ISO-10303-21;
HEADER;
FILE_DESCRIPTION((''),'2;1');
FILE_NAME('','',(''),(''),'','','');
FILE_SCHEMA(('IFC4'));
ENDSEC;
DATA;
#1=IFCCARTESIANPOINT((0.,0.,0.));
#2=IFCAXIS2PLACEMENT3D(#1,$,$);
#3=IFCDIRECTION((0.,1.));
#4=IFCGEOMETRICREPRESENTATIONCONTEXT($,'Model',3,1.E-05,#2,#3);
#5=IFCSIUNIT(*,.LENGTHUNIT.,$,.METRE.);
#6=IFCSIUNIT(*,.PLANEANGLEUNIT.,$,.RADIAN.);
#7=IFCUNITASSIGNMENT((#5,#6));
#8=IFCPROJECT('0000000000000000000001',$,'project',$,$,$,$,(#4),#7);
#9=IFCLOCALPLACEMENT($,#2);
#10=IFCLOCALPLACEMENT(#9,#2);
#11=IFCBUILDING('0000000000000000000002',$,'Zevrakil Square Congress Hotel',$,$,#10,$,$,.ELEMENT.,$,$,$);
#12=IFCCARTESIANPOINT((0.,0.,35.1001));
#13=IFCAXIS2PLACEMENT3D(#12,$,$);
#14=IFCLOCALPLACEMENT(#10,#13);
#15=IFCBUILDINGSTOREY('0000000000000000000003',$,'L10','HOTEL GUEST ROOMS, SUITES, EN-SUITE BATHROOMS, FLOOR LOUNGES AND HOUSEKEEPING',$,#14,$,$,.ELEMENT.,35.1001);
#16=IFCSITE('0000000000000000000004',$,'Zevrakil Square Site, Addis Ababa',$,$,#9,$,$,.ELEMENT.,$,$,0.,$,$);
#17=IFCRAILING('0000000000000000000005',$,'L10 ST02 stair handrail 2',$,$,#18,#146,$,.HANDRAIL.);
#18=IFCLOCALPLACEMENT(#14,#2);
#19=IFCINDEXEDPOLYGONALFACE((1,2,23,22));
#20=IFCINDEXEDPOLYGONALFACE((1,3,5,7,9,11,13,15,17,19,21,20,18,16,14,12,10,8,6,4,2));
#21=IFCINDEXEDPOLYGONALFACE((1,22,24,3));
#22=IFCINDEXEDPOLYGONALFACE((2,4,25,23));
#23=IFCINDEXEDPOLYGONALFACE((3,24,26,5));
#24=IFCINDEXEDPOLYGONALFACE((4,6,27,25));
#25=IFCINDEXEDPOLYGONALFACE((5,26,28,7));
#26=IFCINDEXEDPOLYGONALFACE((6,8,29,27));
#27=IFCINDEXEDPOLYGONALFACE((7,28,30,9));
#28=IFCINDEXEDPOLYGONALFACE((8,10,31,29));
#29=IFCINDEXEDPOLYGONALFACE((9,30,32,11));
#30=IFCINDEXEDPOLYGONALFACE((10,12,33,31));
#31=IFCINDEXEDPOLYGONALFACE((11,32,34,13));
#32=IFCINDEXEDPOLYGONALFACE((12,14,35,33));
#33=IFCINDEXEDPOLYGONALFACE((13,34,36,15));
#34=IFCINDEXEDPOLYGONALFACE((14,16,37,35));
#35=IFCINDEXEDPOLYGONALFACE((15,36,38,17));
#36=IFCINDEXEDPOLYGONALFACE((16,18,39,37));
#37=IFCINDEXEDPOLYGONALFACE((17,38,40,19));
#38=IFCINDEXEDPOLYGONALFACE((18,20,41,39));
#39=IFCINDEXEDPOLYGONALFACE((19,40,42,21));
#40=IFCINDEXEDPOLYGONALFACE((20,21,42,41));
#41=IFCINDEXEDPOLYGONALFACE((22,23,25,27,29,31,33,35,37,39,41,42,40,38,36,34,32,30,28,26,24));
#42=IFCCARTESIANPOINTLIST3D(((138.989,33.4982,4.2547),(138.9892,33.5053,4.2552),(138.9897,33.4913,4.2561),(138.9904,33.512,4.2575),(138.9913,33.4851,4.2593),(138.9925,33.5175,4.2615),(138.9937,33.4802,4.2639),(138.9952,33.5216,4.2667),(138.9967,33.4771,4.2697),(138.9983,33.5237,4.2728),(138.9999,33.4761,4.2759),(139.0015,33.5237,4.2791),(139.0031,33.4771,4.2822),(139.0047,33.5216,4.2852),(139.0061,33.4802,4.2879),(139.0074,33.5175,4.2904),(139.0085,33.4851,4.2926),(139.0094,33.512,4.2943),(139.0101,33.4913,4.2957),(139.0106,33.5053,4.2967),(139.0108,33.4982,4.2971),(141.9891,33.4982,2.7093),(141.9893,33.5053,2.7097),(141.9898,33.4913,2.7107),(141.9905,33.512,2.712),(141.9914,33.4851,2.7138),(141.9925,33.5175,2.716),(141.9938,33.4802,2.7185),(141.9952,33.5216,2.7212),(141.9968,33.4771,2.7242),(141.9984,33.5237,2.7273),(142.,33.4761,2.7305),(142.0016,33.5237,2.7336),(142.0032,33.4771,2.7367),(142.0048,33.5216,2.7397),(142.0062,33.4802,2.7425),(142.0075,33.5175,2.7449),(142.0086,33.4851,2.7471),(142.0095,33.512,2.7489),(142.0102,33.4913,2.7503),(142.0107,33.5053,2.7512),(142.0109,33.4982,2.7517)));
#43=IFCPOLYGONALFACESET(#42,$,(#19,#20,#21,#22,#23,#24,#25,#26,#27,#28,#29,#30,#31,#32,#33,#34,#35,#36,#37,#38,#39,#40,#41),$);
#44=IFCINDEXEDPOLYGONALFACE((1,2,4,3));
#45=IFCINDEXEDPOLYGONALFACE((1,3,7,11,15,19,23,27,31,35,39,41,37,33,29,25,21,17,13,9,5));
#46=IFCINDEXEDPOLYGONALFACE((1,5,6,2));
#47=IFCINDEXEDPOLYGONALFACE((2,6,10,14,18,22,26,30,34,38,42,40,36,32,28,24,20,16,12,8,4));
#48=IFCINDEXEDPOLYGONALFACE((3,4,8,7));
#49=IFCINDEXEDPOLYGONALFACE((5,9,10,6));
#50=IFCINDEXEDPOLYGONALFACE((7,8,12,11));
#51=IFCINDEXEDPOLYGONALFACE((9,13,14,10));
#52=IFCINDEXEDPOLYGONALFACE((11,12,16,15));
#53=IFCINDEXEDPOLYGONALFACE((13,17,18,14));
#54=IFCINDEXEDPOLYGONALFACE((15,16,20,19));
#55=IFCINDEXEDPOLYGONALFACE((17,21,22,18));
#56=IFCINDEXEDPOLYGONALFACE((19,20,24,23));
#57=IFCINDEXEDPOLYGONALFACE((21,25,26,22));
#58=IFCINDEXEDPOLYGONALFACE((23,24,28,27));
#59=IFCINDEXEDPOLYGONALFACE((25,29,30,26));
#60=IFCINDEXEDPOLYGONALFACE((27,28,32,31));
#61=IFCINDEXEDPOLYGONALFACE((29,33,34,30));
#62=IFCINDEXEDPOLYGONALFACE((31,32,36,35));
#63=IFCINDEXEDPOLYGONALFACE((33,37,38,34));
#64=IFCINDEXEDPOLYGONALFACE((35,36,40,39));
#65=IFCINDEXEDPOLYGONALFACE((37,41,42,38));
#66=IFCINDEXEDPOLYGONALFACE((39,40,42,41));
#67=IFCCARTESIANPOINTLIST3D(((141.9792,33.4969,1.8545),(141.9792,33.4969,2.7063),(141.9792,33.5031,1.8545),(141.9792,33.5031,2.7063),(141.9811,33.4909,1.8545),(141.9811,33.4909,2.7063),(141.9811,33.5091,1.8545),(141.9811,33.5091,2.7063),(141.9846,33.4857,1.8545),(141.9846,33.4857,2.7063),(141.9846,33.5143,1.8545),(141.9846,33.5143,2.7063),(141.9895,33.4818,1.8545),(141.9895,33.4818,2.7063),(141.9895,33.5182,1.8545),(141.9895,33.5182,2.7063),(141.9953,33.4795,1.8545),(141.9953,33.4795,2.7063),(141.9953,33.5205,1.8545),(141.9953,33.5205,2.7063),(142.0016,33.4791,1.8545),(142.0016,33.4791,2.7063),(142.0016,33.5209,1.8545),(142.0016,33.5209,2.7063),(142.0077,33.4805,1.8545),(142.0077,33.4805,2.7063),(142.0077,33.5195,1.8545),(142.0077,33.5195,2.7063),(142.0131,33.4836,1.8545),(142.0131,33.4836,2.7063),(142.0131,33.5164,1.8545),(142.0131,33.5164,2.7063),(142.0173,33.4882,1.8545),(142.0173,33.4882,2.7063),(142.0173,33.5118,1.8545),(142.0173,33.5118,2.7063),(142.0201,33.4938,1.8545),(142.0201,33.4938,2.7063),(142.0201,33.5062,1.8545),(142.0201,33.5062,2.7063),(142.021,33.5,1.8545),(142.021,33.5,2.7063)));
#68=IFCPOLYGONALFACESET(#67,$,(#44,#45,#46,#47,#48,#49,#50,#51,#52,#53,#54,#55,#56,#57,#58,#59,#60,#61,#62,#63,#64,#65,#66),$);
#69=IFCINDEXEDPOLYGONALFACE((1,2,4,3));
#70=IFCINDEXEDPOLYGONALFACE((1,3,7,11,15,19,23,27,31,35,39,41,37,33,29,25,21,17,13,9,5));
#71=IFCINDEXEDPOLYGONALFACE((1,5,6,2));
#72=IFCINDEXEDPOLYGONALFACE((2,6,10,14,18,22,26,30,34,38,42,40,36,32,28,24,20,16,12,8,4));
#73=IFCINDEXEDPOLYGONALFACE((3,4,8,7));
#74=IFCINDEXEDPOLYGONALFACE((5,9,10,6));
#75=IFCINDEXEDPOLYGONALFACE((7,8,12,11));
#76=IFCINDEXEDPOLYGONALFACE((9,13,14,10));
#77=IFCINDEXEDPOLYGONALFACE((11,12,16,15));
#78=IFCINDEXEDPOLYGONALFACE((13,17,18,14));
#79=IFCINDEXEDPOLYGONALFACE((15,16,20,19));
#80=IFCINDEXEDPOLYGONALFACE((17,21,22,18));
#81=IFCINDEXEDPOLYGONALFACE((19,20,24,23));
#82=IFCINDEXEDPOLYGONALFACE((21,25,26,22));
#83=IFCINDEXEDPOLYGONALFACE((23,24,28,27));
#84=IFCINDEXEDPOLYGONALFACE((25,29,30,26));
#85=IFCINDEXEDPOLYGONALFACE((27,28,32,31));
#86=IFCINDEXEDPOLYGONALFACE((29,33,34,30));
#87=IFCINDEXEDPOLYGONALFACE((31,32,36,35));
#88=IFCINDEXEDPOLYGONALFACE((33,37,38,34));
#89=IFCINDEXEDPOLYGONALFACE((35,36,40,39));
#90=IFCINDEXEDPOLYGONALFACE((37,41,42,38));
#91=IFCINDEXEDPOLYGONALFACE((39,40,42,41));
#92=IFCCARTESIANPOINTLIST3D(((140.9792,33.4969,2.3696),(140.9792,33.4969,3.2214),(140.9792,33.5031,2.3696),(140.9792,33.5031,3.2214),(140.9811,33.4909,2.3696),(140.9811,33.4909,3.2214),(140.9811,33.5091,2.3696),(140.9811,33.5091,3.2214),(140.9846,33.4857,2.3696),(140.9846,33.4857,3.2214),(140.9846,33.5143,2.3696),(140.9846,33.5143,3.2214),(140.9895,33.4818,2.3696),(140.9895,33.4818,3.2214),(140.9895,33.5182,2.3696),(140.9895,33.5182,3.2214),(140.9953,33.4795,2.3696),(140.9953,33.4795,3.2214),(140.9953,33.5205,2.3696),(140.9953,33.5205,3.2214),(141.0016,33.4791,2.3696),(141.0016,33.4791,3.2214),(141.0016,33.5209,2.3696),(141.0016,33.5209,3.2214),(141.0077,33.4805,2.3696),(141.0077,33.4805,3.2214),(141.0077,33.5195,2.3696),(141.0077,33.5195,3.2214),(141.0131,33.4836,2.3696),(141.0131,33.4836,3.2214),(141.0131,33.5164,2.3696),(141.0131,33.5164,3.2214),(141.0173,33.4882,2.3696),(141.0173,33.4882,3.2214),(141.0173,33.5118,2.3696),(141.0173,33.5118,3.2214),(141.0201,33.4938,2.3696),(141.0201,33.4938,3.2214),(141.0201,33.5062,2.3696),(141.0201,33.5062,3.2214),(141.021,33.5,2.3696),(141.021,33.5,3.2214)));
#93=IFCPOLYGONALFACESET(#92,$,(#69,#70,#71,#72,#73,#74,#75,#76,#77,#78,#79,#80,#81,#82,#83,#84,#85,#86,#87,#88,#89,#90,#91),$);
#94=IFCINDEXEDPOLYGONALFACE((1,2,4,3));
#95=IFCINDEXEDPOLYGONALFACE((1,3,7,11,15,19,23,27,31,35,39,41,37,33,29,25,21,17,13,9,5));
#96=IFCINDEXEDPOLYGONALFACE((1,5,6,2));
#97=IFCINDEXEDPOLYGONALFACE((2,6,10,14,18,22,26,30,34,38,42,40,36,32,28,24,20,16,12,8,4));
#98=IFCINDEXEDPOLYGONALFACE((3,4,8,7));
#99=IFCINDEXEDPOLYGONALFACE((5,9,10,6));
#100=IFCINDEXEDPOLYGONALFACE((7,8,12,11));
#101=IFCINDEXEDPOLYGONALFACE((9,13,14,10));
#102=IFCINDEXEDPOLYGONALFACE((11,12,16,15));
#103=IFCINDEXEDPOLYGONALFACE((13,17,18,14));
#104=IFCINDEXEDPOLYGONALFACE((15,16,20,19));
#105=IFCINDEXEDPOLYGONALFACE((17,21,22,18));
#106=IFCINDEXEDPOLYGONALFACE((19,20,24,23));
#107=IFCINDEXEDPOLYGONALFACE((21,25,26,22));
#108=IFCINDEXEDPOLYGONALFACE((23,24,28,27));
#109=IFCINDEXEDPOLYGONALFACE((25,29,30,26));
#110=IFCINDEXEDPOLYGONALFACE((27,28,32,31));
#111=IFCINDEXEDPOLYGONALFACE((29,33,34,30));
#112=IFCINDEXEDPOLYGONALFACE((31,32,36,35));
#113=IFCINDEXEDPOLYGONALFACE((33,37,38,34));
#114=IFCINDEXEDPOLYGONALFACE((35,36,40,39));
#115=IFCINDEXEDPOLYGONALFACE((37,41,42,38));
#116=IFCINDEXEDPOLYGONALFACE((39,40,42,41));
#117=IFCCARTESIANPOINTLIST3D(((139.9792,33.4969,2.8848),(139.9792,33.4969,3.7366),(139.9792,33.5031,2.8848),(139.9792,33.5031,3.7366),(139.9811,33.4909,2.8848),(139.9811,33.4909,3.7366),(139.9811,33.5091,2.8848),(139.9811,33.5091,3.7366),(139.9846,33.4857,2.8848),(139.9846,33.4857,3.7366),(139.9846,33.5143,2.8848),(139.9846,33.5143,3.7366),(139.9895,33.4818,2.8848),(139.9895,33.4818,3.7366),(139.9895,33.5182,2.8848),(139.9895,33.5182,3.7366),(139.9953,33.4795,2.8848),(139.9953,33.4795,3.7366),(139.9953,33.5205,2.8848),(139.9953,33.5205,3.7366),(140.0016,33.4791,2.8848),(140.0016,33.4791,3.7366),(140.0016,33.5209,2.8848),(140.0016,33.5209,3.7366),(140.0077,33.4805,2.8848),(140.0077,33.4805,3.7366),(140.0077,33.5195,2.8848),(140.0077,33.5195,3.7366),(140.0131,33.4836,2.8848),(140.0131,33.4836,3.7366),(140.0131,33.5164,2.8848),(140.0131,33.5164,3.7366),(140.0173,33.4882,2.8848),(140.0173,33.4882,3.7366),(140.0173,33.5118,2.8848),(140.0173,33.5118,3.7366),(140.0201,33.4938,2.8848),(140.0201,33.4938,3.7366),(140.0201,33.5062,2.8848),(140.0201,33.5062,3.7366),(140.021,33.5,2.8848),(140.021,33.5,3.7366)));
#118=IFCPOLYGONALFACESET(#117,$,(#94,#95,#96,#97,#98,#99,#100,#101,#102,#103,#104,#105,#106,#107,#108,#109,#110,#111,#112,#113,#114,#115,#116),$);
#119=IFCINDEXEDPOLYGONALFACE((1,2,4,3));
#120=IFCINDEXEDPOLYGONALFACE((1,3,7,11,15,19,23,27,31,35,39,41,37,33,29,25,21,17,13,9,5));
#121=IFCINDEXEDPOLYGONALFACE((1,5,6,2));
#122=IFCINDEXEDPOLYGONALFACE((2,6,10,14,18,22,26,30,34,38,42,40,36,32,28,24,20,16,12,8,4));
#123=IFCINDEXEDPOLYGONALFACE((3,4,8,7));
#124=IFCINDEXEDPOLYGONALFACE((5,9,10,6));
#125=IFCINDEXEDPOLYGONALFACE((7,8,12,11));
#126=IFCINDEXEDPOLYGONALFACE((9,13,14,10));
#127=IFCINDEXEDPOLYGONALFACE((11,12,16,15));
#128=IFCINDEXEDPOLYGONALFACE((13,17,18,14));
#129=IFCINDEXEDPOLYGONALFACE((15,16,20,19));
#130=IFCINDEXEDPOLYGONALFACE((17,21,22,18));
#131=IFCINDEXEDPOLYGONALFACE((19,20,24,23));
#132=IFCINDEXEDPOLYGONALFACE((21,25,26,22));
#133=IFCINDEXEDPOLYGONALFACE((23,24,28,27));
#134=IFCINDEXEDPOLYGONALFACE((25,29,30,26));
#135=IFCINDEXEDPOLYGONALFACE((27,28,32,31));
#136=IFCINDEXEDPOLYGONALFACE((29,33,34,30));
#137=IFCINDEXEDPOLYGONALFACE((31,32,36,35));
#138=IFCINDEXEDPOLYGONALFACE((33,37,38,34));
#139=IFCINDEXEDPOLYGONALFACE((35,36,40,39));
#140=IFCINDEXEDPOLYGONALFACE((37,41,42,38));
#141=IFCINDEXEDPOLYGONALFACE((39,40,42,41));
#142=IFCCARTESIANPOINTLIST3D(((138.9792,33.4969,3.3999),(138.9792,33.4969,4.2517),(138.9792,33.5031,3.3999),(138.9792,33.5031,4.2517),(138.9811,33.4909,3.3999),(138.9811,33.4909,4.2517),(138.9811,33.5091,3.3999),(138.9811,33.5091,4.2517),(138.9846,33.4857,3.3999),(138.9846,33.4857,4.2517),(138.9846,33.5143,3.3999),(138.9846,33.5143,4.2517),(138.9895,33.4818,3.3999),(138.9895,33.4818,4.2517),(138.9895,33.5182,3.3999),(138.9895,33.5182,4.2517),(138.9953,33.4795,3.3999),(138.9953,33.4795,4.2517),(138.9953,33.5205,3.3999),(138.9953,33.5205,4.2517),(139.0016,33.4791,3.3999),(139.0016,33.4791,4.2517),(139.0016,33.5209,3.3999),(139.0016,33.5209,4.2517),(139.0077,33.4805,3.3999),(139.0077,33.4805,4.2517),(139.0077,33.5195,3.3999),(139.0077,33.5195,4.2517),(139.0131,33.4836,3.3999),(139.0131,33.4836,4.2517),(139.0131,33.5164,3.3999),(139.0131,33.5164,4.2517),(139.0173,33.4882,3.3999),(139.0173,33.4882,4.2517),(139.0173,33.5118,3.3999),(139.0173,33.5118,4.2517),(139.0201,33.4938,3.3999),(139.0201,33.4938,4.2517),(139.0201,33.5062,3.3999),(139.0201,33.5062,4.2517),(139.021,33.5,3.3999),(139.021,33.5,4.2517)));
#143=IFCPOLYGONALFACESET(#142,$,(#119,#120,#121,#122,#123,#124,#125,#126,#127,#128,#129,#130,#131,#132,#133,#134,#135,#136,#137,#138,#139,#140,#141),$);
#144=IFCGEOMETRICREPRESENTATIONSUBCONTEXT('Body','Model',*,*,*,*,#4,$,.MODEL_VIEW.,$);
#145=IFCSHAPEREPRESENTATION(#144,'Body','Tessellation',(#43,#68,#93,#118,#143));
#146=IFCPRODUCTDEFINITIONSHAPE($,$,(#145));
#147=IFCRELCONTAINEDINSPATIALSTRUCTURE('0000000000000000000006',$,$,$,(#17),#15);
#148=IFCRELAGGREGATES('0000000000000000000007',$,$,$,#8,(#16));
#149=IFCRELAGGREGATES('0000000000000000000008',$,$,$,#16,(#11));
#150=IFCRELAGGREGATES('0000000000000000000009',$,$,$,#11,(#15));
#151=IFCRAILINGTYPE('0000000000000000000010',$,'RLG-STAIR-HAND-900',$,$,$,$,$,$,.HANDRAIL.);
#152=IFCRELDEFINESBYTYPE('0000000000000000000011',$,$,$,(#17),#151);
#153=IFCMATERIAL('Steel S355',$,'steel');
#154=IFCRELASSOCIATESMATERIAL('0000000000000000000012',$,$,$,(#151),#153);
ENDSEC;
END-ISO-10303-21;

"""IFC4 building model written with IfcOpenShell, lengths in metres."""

from ifc_helpers import new_model, si_unit, direction, frame, origin, origin_2d, place, context, subcontext, project, spatial, circle, extrude, material, type_object, element, save


model = new_model("IFC4")

# Units and contexts
model_context = context("Model", 3, precision=1e-05, world=origin(), true_north=direction((0.0, 1.0)))
body_context = subcontext(model_context, "Body", "Model", "MODEL_VIEW")
ifc_project = project(units=[si_unit("LENGTHUNIT", "METRE"), si_unit("PLANEANGLEUNIT", "RADIAN")], contexts=[model_context])

# Site, building, storey
site_placement = place(None, origin())
site = spatial("IfcSite", under=ifc_project, at=site_placement, Name="Zevrakil Square Site, Addis Ababa", CompositionType="ELEMENT", RefElevation=0.0)
building_placement = place(site_placement, origin())
building = spatial("IfcBuilding", under=site, at=building_placement, Name="Zevrakil Square Congress Hotel", CompositionType="ELEMENT")
storey_placement = place(building_placement, frame((0.0, 0.0, 35.1001)))
storey = spatial("IfcBuildingStorey", under=building, at=storey_placement, Name="L10", Description="HOTEL GUEST ROOMS, SUITES, EN-SUITE BATHROOMS, FLOOR LOUNGES AND HOUSEKEEPING", CompositionType="ELEMENT", Elevation=35.1001)

# Railing
ifc_material_1 = material(Name="Steel S355", Category="steel")
railing_type_1 = type_object("IfcRailingType", Name="RLG-STAIR-HAND-900", PredefinedType="HANDRAIL", material=ifc_material_1)
railing_1_placement = place(storey_placement, frame((142.0, 33.5, 1.8545)))
element("IfcRailing", 1, at=railing_1_placement, inside=storey, type_object=railing_type_1, Name="L10 ST02 stair handrail 2", PredefinedType="HANDRAIL", context=body_context, shape_type="SweptSolid", body=[
    extrude(circle(Radius=0.0239, at=origin_2d()), frame((0.0, 0.0, 0.876), z_axis=(-0.88898, 0.0, 0.457946), x_axis=(0.0, -1.0, 0.0)), (0.0, 0.0, 1.0), 3.3748),
    extrude(circle(Radius=0.021, at=origin_2d()), origin(), (0.0, 0.0, 1.0), 0.8518),
    extrude(circle(Radius=0.021, at=origin_2d()), frame((-1.0, 0.0, 0.5151)), (0.0, 0.0, 1.0), 0.8518),
    extrude(circle(Radius=0.021, at=origin_2d()), frame((-2.0, 0.0, 1.0303)), (0.0, 0.0, 1.0), 0.8518),
    extrude(circle(Radius=0.021, at=origin_2d()), frame((-3.0, 0.0, 1.5454)), (0.0, 0.0, 1.0), 0.8518),
])

save(model, "model.ifc")
